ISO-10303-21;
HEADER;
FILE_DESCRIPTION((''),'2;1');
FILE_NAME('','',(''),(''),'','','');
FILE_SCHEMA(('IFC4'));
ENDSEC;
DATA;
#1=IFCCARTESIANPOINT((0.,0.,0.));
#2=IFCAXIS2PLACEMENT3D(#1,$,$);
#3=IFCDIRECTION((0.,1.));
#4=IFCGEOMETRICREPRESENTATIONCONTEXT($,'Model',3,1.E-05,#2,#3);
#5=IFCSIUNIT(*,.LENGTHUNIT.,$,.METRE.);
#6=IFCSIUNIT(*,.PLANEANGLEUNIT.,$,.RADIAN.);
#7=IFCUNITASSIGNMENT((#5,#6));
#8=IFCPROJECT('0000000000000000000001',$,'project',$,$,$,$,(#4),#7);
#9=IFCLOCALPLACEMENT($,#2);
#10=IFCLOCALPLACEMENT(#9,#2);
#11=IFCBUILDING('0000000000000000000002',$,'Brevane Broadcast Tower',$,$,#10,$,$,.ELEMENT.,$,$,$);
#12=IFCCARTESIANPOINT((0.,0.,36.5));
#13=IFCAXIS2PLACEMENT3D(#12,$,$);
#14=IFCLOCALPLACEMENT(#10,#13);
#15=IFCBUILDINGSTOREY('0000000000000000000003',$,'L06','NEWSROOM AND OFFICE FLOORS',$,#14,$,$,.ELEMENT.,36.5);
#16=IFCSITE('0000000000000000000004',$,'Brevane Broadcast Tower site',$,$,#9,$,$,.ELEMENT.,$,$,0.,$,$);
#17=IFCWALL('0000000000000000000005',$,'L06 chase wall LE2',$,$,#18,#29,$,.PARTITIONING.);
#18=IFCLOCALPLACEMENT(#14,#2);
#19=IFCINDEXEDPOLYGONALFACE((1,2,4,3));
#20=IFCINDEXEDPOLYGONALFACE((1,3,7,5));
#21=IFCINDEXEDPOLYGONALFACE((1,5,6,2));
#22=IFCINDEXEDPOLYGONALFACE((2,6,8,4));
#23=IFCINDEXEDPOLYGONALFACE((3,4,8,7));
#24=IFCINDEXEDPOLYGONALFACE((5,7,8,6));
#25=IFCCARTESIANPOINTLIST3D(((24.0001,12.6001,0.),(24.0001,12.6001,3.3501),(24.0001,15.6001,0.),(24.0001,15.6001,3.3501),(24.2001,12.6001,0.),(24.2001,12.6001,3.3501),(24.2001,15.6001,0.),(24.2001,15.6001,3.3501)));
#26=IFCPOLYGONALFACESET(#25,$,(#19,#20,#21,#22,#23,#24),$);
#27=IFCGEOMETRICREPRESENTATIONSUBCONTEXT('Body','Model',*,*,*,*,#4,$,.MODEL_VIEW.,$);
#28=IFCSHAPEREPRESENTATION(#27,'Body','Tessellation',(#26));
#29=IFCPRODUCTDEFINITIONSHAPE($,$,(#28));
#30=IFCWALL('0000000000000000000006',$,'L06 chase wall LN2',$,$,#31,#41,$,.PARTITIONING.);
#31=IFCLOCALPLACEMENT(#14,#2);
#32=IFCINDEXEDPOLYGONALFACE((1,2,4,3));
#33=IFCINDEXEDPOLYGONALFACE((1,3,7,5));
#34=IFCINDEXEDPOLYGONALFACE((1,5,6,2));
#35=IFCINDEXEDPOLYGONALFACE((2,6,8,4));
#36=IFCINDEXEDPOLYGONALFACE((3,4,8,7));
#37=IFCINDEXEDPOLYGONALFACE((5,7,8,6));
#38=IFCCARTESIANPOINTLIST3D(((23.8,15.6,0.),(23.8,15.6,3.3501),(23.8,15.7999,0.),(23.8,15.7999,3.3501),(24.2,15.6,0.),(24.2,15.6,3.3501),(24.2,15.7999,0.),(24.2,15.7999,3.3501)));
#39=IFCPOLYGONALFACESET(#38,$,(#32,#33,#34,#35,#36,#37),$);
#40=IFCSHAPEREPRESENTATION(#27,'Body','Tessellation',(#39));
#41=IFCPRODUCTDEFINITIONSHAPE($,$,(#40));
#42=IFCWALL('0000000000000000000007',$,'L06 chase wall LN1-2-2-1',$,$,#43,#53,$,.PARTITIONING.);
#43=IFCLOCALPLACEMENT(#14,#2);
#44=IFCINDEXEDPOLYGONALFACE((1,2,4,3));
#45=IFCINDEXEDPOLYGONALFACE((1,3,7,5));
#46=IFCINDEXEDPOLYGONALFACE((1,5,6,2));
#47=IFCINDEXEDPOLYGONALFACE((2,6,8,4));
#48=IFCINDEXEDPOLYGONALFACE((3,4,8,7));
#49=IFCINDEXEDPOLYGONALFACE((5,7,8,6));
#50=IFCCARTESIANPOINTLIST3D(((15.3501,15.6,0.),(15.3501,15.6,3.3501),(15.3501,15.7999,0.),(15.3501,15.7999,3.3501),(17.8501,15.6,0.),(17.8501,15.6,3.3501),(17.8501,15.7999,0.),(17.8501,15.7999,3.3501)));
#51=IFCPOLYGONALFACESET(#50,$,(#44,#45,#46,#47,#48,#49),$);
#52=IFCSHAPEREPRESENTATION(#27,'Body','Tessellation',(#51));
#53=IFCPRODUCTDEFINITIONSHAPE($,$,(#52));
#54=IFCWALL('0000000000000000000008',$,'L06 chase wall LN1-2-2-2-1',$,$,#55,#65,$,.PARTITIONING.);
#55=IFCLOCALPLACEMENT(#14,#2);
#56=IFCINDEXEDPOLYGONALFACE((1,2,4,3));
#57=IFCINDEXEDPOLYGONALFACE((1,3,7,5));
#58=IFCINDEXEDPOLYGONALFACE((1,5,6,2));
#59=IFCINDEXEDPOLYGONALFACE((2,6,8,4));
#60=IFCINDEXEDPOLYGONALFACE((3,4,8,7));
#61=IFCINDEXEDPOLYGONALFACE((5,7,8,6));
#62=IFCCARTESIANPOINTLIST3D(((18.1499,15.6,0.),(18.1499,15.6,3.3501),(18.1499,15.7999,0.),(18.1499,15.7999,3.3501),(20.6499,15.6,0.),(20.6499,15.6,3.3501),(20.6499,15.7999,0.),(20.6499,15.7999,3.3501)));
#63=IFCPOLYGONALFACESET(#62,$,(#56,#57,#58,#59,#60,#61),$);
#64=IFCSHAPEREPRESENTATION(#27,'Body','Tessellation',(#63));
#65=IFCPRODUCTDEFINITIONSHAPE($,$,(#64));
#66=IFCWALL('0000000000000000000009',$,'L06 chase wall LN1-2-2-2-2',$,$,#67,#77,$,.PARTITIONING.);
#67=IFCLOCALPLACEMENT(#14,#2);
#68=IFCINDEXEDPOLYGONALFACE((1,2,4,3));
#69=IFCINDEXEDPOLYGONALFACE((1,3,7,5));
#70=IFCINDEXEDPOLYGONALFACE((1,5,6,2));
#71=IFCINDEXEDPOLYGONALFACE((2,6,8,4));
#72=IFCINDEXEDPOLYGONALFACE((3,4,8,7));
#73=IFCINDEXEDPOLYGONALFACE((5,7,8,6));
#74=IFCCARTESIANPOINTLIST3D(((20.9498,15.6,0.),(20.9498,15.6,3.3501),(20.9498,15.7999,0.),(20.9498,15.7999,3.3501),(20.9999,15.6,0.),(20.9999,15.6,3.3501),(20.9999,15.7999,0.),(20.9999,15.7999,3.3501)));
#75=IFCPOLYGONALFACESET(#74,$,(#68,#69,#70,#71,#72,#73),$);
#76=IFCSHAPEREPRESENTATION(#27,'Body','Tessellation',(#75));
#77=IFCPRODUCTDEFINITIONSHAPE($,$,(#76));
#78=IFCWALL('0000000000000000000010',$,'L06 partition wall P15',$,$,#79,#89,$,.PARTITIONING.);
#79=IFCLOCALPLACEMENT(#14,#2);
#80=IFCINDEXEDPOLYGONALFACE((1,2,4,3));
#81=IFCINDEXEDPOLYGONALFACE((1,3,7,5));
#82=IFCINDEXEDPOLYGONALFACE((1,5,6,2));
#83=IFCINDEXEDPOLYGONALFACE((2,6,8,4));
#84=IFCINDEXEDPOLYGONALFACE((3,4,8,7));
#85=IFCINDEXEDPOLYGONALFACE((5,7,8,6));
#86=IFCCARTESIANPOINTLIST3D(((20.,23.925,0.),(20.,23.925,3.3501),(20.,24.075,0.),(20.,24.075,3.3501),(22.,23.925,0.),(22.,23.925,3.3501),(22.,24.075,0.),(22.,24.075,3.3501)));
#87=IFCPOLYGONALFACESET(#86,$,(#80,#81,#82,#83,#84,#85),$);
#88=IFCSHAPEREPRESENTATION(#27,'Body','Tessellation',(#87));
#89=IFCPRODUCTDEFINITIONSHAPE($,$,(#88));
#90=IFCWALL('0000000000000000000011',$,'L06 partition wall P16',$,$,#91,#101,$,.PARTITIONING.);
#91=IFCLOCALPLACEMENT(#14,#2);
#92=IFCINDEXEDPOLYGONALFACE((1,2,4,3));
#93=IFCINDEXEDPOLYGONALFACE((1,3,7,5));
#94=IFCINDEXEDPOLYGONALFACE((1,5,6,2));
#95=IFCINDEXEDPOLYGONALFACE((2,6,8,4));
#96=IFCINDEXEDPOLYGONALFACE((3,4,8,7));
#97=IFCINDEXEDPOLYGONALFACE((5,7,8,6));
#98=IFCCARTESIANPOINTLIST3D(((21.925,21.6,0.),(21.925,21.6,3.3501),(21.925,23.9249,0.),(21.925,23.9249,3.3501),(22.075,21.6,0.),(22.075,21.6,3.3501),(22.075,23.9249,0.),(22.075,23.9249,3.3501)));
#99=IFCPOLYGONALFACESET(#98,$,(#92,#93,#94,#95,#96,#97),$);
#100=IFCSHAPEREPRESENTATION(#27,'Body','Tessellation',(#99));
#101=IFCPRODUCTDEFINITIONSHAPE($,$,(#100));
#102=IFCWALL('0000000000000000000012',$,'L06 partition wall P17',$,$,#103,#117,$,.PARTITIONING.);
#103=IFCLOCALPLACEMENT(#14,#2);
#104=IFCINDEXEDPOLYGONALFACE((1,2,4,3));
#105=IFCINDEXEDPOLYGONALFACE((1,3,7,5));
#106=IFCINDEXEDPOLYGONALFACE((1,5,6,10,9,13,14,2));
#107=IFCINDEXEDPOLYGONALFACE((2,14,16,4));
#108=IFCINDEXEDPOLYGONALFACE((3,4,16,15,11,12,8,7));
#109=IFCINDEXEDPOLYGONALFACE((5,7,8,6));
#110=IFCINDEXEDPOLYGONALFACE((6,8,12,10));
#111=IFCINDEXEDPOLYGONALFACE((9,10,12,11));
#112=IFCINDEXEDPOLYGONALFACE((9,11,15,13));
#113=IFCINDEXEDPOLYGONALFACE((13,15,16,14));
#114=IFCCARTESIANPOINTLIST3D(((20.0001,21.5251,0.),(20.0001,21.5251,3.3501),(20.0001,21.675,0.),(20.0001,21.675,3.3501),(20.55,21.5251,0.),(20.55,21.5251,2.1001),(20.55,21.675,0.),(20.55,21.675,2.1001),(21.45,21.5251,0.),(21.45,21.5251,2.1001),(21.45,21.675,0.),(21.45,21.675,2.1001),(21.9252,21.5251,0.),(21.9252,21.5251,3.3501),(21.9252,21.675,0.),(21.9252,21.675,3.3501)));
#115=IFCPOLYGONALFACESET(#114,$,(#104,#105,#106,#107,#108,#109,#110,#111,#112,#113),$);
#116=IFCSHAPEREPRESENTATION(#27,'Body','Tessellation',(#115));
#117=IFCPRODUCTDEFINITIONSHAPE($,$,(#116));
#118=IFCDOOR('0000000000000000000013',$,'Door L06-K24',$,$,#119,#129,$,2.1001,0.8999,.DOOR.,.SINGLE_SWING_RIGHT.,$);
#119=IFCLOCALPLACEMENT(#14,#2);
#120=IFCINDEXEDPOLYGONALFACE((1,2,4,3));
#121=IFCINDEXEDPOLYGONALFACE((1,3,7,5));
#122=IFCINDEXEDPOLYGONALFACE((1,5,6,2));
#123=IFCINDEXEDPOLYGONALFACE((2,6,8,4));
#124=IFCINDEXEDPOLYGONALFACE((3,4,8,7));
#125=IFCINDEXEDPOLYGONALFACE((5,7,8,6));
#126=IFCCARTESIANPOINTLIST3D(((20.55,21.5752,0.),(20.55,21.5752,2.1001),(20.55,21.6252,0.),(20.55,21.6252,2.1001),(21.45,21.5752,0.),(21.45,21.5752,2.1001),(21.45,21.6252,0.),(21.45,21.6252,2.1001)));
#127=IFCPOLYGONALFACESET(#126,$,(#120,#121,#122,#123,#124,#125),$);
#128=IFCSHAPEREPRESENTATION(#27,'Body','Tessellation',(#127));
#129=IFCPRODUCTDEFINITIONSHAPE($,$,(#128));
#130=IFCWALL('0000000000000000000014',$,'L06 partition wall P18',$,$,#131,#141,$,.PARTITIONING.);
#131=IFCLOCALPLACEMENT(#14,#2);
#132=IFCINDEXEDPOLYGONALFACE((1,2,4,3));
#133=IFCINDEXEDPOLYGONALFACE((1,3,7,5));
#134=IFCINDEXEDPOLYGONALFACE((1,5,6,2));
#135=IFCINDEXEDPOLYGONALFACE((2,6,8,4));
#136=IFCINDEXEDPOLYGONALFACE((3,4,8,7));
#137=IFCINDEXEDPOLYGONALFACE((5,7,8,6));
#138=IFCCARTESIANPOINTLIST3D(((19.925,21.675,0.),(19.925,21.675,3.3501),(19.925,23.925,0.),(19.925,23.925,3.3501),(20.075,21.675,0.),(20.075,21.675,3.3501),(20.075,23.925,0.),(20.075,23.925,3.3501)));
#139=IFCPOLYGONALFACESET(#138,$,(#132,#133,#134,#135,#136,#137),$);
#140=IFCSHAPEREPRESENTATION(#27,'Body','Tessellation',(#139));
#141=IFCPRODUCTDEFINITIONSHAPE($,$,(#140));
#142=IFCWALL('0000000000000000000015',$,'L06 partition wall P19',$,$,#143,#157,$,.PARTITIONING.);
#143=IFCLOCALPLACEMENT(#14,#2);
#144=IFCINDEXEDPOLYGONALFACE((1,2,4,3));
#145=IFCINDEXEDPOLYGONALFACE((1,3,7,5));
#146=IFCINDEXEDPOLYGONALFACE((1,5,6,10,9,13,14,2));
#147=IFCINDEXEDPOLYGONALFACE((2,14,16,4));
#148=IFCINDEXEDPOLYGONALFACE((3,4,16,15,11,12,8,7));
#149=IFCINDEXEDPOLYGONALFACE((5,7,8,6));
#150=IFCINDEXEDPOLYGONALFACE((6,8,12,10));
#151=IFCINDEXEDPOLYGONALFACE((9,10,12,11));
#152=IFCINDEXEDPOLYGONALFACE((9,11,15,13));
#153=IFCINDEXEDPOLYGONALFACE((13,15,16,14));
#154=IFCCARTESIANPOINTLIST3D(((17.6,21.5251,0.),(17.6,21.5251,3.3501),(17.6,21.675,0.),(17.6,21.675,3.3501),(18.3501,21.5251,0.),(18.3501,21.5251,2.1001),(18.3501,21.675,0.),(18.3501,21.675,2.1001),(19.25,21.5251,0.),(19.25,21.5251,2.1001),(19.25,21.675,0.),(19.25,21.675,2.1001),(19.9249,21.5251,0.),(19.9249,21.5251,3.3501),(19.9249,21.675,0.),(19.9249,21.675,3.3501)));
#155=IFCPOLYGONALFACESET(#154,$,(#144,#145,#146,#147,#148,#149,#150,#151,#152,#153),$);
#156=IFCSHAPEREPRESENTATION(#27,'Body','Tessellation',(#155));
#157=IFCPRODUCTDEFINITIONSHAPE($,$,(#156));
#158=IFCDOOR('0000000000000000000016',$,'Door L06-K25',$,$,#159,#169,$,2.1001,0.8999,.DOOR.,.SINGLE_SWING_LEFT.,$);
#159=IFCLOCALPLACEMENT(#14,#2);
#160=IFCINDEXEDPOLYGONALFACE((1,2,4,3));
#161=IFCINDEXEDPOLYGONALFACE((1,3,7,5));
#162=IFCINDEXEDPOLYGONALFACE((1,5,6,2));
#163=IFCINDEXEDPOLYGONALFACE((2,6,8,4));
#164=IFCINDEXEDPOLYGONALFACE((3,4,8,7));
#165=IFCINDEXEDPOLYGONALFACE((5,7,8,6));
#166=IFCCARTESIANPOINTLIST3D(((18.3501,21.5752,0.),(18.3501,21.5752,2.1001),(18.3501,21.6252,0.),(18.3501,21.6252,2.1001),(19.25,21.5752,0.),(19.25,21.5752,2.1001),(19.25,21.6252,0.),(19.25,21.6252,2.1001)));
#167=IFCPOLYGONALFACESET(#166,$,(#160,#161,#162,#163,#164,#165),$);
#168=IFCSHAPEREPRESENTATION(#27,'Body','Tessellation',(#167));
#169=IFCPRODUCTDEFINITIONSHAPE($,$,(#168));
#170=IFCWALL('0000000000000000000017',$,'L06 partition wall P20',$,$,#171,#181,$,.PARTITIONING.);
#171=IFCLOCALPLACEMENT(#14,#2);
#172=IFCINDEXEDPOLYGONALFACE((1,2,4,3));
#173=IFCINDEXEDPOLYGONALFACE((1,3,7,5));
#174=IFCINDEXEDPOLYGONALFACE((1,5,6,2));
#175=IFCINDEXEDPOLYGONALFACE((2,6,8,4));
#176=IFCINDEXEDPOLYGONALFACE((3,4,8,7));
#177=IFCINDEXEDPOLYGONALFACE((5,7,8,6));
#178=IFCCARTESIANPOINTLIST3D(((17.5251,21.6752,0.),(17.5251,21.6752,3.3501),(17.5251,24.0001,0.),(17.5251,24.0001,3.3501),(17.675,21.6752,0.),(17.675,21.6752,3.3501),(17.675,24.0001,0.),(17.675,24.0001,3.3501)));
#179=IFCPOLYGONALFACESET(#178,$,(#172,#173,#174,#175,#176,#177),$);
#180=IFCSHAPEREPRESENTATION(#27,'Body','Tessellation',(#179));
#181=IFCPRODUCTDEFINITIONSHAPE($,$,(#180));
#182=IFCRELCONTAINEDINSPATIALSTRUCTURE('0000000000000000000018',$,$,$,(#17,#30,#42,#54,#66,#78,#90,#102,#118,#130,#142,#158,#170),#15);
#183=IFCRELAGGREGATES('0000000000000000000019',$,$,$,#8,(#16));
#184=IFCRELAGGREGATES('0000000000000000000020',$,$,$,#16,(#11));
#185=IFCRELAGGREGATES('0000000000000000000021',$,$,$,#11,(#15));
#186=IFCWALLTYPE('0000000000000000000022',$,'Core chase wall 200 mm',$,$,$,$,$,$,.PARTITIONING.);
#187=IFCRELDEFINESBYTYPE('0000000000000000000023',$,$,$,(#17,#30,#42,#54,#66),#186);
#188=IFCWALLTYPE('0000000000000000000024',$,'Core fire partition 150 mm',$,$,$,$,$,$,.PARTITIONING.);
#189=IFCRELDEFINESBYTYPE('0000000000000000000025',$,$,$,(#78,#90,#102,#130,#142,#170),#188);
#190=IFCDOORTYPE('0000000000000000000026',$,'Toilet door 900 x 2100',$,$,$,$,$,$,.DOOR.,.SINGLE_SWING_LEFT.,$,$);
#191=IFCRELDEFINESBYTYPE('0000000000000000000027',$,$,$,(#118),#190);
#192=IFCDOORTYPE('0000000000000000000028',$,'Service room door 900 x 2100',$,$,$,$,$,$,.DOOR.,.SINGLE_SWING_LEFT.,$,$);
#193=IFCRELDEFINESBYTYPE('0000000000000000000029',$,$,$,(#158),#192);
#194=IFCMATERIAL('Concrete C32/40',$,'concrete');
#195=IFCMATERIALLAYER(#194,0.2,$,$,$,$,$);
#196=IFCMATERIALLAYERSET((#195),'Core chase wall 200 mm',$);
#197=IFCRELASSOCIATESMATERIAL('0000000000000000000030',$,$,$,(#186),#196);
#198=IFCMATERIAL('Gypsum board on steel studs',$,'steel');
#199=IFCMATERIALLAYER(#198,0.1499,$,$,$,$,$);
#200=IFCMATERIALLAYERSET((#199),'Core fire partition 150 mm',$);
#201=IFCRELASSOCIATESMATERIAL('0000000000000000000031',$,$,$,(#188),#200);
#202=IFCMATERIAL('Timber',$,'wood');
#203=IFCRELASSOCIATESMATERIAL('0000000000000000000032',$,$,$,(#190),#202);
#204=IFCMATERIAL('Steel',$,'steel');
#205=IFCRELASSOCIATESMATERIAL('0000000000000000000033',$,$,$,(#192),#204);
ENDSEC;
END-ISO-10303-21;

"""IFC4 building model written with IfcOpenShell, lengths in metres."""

from ifc_helpers import new_model, si_unit, direction, frame, frame_2d, origin, place, context, subcontext, project, spatial, rectangle, extrude, material, layer, layer_set, type_object, element, fill, save


model = new_model("IFC4")

# Units and contexts
model_context = context("Model", 3, precision=1e-05, world=origin(), true_north=direction((0.0, 1.0)))
body_context = subcontext(model_context, "Body", "Model", "MODEL_VIEW")
ifc_project = project(units=[si_unit("LENGTHUNIT", "METRE"), si_unit("PLANEANGLEUNIT", "RADIAN")], contexts=[model_context])

# Site, building, storey
site_placement = place(None, origin())
site = spatial("IfcSite", under=ifc_project, at=site_placement, Name="Brevane Broadcast Tower site", CompositionType="ELEMENT", RefElevation=0.0)
building_placement = place(site_placement, origin())
building = spatial("IfcBuilding", under=site, at=building_placement, Name="Brevane Broadcast Tower", CompositionType="ELEMENT")
storey_placement = place(building_placement, frame((0.0, 0.0, 36.5)))
storey = spatial("IfcBuildingStorey", under=building, at=storey_placement, Name="L06", Description="NEWSROOM AND OFFICE FLOORS", CompositionType="ELEMENT", Elevation=36.5)

# Walls
ifc_material_1 = material(Name="Concrete C32/40", Category="concrete")
ifc_layer_1 = layer(ifc_material_1, 0.2)
ifc_layer_set_1 = layer_set([ifc_layer_1], Name="Core chase wall 200 mm")
wall_type_1 = type_object("IfcWallType", Name="Core chase wall 200 mm", PredefinedType="PARTITIONING", material=ifc_layer_set_1)
wall_1_placement = place(storey_placement, frame((24.1001, 12.6001, 0.0), z_axis=(0.0, 0.0, 1.0), x_axis=(0.0, 1.0, 0.0)))
element("IfcWall", 1, at=wall_1_placement, inside=storey, type_object=wall_type_1, Name="L06 chase wall LE2", PredefinedType="PARTITIONING", context=body_context, shape_type="SweptSolid", body=[
    extrude(rectangle(XDim=3.0, YDim=0.2, at=frame_2d((1.5, 0.0))), origin(), (0.0, 0.0, 1.0), 3.3501),
])
wall_2_placement = place(storey_placement, frame((23.8, 15.7, 0.0), z_axis=(0.0, 0.0, 1.0), x_axis=(1.0, 0.0, 0.0)))
element("IfcWall", 2, at=wall_2_placement, inside=storey, type_object=wall_type_1, Name="L06 chase wall LN2", PredefinedType="PARTITIONING", context=body_context, shape_type="SweptSolid", body=[
    extrude(rectangle(XDim=0.3999, YDim=0.2, at=frame_2d((0.2, 0.0))), origin(), (0.0, 0.0, 1.0), 3.3501),
])
for number, where, z_axis, x_axis, name in (
    (3, (15.3501, 15.7, 0.0), (0.0, 0.0, 1.0), (1.0, 0.0, 0.0), "L06 chase wall LN1-2-2-1"),
    (4, (18.1499, 15.7, 0.0), (0.0, 0.0, 1.0), (1.0, 0.0, 0.0), "L06 chase wall LN1-2-2-2-1"),
):
    element("IfcWall", number, at=place(storey_placement, frame(where, z_axis=z_axis, x_axis=x_axis)), inside=storey, type_object=wall_type_1, Name=name, PredefinedType="PARTITIONING", context=body_context, shape_type="SweptSolid", body=[
        extrude(rectangle(XDim=2.5, YDim=0.2, at=frame_2d((1.25, 0.0))), origin(), (0.0, 0.0, 1.0), 3.3501),
    ])
wall_3_placement = place(storey_placement, frame((20.95, 15.7, 0.0), z_axis=(0.0, 0.0, 1.0), x_axis=(1.0, 0.0, 0.0)))
element("IfcWall", 5, at=wall_3_placement, inside=storey, type_object=wall_type_1, Name="L06 chase wall LN1-2-2-2-2", PredefinedType="PARTITIONING", context=body_context, shape_type="SweptSolid", body=[
    extrude(rectangle(XDim=0.05, YDim=0.2, at=frame_2d((0.0249, 0.0))), origin(), (0.0, 0.0, 1.0), 3.3501),
])
ifc_material_2 = material(Name="Gypsum board on steel studs", Category="steel")
ifc_layer_2 = layer(ifc_material_2, 0.1499)
ifc_layer_set_2 = layer_set([ifc_layer_2], Name="Core fire partition 150 mm")
wall_type_2 = type_object("IfcWallType", Name="Core fire partition 150 mm", PredefinedType="PARTITIONING", material=ifc_layer_set_2)
wall_4_placement = place(storey_placement, frame((20.0, 24.0, 0.0), z_axis=(0.0, 0.0, 1.0), x_axis=(1.0, 0.0, 0.0)))
element("IfcWall", 6, at=wall_4_placement, inside=storey, type_object=wall_type_2, Name="L06 partition wall P15", PredefinedType="PARTITIONING", context=body_context, shape_type="SweptSolid", body=[
    extrude(rectangle(XDim=2.0, YDim=0.1499, at=frame_2d((1.0, 0.0))), origin(), (0.0, 0.0, 1.0), 3.3501),
])
wall_5_placement = place(storey_placement, frame((22.0, 23.925, 0.0), z_axis=(0.0, 0.0, 1.0), x_axis=(0.0, -1.0, 0.0)))
element("IfcWall", 7, at=wall_5_placement, inside=storey, type_object=wall_type_2, Name="L06 partition wall P16", PredefinedType="PARTITIONING", context=body_context, shape_type="SweptSolid", body=[
    extrude(rectangle(XDim=2.325, YDim=0.1499, at=frame_2d((1.1626, 0.0))), origin(), (0.0, 0.0, 1.0), 3.3501),
])

# Wall, opening, door
wall_6_placement = place(storey_placement, frame((21.925, 21.6001, 0.0), z_axis=(0.0, 0.0, 1.0), x_axis=(-1.0, 0.0, 0.0)))
wall_6 = element("IfcWall", 8, at=wall_6_placement, inside=storey, type_object=wall_type_2, Name="L06 partition wall P17", PredefinedType="PARTITIONING", context=body_context, shape_type="SweptSolid", body=[
    extrude(rectangle(XDim=1.925, YDim=0.1499, at=frame_2d((0.9624, 0.0))), origin(), (0.0, 0.0, 1.0), 3.3501),
])
opening_1_placement = place(wall_6_placement, frame((0.4751, 0.0, 0.0)))
opening_1 = element("IfcOpeningElement", 9, at=opening_1_placement, cuts=wall_6, PredefinedType="OPENING", context=body_context, shape_type="SweptSolid", body=[
    extrude(rectangle(XDim=0.8999, YDim=2.1001, at=frame_2d((0.45, 1.05))), frame((0.0, 0.085, 0.0), z_axis=(0.0, -1.0, 0.0), x_axis=(1.0, 0.0, 0.0)), (0.0, 0.0, 1.0), 0.1699),
])
ifc_material_3 = material(Name="Timber", Category="wood")
door_type_1 = type_object("IfcDoorType", Name="Toilet door 900 x 2100", OperationType="SINGLE_SWING_LEFT", PredefinedType="DOOR", material=ifc_material_3)
door_1_placement = place(opening_1_placement, origin())
door_1 = element("IfcDoor", 10, at=door_1_placement, inside=storey, type_object=door_type_1, Name="Door L06-K24", OperationType="SINGLE_SWING_RIGHT", OverallHeight=2.1001, OverallWidth=0.8999, PredefinedType="DOOR", context=body_context, shape_type="SweptSolid", body=[
    extrude(rectangle(XDim=0.8999, YDim=2.1001, at=frame_2d((0.45, 1.05))), frame((0.0, 0.0249, 0.0), z_axis=(0.0, -1.0, 0.0), x_axis=(1.0, 0.0, 0.0)), (0.0, 0.0, 1.0), 0.05),
])
fill(opening_1, door_1)

# Wall
wall_7_placement = place(storey_placement, frame((20.0, 21.675, 0.0), z_axis=(0.0, 0.0, 1.0), x_axis=(0.0, 1.0, 0.0)))
element("IfcWall", 11, at=wall_7_placement, inside=storey, type_object=wall_type_2, Name="L06 partition wall P18", PredefinedType="PARTITIONING", context=body_context, shape_type="SweptSolid", body=[
    extrude(rectangle(XDim=2.25, YDim=0.1499, at=frame_2d((1.125, 0.0))), origin(), (0.0, 0.0, 1.0), 3.3501),
])

# Wall, opening, door
wall_8_placement = place(storey_placement, frame((19.925, 21.6001, 0.0), z_axis=(0.0, 0.0, 1.0), x_axis=(-1.0, 0.0, 0.0)))
wall_8 = element("IfcWall", 12, at=wall_8_placement, inside=storey, type_object=wall_type_2, Name="L06 partition wall P19", PredefinedType="PARTITIONING", context=body_context, shape_type="SweptSolid", body=[
    extrude(rectangle(XDim=2.325, YDim=0.1499, at=frame_2d((1.1626, 0.0))), origin(), (0.0, 0.0, 1.0), 3.3501),
])
opening_2_placement = place(wall_8_placement, frame((0.675, 0.0, 0.0)))
opening_2 = element("IfcOpeningElement", 13, at=opening_2_placement, cuts=wall_8, PredefinedType="OPENING", context=body_context, shape_type="SweptSolid", body=[
    extrude(rectangle(XDim=0.8999, YDim=2.1001, at=frame_2d((0.45, 1.05))), frame((0.0, 0.085, 0.0), z_axis=(0.0, -1.0, 0.0), x_axis=(1.0, 0.0, 0.0)), (0.0, 0.0, 1.0), 0.1699),
])
ifc_material_4 = material(Name="Steel", Category="steel")
door_type_2 = type_object("IfcDoorType", Name="Service room door 900 x 2100", OperationType="SINGLE_SWING_LEFT", PredefinedType="DOOR", material=ifc_material_4)
door_2_placement = place(opening_2_placement, origin())
door_2 = element("IfcDoor", 14, at=door_2_placement, inside=storey, type_object=door_type_2, Name="Door L06-K25", OperationType="SINGLE_SWING_LEFT", OverallHeight=2.1001, OverallWidth=0.8999, PredefinedType="DOOR", context=body_context, shape_type="SweptSolid", body=[
    extrude(rectangle(XDim=0.8999, YDim=2.1001, at=frame_2d((0.45, 1.05))), frame((0.0, 0.0249, 0.0), z_axis=(0.0, -1.0, 0.0), x_axis=(1.0, 0.0, 0.0)), (0.0, 0.0, 1.0), 0.05),
])
fill(opening_2, door_2)

# Wall
wall_9_placement = place(storey_placement, frame((17.6001, 21.675, 0.0), z_axis=(0.0, 0.0, 1.0), x_axis=(0.0, 1.0, 0.0)))
element("IfcWall", 15, at=wall_9_placement, inside=storey, type_object=wall_type_2, Name="L06 partition wall P20", PredefinedType="PARTITIONING", context=body_context, shape_type="SweptSolid", body=[
    extrude(rectangle(XDim=2.325, YDim=0.1499, at=frame_2d((1.1626, 0.0))), origin(), (0.0, 0.0, 1.0), 3.3501),
])

save(model, "model.ifc")
